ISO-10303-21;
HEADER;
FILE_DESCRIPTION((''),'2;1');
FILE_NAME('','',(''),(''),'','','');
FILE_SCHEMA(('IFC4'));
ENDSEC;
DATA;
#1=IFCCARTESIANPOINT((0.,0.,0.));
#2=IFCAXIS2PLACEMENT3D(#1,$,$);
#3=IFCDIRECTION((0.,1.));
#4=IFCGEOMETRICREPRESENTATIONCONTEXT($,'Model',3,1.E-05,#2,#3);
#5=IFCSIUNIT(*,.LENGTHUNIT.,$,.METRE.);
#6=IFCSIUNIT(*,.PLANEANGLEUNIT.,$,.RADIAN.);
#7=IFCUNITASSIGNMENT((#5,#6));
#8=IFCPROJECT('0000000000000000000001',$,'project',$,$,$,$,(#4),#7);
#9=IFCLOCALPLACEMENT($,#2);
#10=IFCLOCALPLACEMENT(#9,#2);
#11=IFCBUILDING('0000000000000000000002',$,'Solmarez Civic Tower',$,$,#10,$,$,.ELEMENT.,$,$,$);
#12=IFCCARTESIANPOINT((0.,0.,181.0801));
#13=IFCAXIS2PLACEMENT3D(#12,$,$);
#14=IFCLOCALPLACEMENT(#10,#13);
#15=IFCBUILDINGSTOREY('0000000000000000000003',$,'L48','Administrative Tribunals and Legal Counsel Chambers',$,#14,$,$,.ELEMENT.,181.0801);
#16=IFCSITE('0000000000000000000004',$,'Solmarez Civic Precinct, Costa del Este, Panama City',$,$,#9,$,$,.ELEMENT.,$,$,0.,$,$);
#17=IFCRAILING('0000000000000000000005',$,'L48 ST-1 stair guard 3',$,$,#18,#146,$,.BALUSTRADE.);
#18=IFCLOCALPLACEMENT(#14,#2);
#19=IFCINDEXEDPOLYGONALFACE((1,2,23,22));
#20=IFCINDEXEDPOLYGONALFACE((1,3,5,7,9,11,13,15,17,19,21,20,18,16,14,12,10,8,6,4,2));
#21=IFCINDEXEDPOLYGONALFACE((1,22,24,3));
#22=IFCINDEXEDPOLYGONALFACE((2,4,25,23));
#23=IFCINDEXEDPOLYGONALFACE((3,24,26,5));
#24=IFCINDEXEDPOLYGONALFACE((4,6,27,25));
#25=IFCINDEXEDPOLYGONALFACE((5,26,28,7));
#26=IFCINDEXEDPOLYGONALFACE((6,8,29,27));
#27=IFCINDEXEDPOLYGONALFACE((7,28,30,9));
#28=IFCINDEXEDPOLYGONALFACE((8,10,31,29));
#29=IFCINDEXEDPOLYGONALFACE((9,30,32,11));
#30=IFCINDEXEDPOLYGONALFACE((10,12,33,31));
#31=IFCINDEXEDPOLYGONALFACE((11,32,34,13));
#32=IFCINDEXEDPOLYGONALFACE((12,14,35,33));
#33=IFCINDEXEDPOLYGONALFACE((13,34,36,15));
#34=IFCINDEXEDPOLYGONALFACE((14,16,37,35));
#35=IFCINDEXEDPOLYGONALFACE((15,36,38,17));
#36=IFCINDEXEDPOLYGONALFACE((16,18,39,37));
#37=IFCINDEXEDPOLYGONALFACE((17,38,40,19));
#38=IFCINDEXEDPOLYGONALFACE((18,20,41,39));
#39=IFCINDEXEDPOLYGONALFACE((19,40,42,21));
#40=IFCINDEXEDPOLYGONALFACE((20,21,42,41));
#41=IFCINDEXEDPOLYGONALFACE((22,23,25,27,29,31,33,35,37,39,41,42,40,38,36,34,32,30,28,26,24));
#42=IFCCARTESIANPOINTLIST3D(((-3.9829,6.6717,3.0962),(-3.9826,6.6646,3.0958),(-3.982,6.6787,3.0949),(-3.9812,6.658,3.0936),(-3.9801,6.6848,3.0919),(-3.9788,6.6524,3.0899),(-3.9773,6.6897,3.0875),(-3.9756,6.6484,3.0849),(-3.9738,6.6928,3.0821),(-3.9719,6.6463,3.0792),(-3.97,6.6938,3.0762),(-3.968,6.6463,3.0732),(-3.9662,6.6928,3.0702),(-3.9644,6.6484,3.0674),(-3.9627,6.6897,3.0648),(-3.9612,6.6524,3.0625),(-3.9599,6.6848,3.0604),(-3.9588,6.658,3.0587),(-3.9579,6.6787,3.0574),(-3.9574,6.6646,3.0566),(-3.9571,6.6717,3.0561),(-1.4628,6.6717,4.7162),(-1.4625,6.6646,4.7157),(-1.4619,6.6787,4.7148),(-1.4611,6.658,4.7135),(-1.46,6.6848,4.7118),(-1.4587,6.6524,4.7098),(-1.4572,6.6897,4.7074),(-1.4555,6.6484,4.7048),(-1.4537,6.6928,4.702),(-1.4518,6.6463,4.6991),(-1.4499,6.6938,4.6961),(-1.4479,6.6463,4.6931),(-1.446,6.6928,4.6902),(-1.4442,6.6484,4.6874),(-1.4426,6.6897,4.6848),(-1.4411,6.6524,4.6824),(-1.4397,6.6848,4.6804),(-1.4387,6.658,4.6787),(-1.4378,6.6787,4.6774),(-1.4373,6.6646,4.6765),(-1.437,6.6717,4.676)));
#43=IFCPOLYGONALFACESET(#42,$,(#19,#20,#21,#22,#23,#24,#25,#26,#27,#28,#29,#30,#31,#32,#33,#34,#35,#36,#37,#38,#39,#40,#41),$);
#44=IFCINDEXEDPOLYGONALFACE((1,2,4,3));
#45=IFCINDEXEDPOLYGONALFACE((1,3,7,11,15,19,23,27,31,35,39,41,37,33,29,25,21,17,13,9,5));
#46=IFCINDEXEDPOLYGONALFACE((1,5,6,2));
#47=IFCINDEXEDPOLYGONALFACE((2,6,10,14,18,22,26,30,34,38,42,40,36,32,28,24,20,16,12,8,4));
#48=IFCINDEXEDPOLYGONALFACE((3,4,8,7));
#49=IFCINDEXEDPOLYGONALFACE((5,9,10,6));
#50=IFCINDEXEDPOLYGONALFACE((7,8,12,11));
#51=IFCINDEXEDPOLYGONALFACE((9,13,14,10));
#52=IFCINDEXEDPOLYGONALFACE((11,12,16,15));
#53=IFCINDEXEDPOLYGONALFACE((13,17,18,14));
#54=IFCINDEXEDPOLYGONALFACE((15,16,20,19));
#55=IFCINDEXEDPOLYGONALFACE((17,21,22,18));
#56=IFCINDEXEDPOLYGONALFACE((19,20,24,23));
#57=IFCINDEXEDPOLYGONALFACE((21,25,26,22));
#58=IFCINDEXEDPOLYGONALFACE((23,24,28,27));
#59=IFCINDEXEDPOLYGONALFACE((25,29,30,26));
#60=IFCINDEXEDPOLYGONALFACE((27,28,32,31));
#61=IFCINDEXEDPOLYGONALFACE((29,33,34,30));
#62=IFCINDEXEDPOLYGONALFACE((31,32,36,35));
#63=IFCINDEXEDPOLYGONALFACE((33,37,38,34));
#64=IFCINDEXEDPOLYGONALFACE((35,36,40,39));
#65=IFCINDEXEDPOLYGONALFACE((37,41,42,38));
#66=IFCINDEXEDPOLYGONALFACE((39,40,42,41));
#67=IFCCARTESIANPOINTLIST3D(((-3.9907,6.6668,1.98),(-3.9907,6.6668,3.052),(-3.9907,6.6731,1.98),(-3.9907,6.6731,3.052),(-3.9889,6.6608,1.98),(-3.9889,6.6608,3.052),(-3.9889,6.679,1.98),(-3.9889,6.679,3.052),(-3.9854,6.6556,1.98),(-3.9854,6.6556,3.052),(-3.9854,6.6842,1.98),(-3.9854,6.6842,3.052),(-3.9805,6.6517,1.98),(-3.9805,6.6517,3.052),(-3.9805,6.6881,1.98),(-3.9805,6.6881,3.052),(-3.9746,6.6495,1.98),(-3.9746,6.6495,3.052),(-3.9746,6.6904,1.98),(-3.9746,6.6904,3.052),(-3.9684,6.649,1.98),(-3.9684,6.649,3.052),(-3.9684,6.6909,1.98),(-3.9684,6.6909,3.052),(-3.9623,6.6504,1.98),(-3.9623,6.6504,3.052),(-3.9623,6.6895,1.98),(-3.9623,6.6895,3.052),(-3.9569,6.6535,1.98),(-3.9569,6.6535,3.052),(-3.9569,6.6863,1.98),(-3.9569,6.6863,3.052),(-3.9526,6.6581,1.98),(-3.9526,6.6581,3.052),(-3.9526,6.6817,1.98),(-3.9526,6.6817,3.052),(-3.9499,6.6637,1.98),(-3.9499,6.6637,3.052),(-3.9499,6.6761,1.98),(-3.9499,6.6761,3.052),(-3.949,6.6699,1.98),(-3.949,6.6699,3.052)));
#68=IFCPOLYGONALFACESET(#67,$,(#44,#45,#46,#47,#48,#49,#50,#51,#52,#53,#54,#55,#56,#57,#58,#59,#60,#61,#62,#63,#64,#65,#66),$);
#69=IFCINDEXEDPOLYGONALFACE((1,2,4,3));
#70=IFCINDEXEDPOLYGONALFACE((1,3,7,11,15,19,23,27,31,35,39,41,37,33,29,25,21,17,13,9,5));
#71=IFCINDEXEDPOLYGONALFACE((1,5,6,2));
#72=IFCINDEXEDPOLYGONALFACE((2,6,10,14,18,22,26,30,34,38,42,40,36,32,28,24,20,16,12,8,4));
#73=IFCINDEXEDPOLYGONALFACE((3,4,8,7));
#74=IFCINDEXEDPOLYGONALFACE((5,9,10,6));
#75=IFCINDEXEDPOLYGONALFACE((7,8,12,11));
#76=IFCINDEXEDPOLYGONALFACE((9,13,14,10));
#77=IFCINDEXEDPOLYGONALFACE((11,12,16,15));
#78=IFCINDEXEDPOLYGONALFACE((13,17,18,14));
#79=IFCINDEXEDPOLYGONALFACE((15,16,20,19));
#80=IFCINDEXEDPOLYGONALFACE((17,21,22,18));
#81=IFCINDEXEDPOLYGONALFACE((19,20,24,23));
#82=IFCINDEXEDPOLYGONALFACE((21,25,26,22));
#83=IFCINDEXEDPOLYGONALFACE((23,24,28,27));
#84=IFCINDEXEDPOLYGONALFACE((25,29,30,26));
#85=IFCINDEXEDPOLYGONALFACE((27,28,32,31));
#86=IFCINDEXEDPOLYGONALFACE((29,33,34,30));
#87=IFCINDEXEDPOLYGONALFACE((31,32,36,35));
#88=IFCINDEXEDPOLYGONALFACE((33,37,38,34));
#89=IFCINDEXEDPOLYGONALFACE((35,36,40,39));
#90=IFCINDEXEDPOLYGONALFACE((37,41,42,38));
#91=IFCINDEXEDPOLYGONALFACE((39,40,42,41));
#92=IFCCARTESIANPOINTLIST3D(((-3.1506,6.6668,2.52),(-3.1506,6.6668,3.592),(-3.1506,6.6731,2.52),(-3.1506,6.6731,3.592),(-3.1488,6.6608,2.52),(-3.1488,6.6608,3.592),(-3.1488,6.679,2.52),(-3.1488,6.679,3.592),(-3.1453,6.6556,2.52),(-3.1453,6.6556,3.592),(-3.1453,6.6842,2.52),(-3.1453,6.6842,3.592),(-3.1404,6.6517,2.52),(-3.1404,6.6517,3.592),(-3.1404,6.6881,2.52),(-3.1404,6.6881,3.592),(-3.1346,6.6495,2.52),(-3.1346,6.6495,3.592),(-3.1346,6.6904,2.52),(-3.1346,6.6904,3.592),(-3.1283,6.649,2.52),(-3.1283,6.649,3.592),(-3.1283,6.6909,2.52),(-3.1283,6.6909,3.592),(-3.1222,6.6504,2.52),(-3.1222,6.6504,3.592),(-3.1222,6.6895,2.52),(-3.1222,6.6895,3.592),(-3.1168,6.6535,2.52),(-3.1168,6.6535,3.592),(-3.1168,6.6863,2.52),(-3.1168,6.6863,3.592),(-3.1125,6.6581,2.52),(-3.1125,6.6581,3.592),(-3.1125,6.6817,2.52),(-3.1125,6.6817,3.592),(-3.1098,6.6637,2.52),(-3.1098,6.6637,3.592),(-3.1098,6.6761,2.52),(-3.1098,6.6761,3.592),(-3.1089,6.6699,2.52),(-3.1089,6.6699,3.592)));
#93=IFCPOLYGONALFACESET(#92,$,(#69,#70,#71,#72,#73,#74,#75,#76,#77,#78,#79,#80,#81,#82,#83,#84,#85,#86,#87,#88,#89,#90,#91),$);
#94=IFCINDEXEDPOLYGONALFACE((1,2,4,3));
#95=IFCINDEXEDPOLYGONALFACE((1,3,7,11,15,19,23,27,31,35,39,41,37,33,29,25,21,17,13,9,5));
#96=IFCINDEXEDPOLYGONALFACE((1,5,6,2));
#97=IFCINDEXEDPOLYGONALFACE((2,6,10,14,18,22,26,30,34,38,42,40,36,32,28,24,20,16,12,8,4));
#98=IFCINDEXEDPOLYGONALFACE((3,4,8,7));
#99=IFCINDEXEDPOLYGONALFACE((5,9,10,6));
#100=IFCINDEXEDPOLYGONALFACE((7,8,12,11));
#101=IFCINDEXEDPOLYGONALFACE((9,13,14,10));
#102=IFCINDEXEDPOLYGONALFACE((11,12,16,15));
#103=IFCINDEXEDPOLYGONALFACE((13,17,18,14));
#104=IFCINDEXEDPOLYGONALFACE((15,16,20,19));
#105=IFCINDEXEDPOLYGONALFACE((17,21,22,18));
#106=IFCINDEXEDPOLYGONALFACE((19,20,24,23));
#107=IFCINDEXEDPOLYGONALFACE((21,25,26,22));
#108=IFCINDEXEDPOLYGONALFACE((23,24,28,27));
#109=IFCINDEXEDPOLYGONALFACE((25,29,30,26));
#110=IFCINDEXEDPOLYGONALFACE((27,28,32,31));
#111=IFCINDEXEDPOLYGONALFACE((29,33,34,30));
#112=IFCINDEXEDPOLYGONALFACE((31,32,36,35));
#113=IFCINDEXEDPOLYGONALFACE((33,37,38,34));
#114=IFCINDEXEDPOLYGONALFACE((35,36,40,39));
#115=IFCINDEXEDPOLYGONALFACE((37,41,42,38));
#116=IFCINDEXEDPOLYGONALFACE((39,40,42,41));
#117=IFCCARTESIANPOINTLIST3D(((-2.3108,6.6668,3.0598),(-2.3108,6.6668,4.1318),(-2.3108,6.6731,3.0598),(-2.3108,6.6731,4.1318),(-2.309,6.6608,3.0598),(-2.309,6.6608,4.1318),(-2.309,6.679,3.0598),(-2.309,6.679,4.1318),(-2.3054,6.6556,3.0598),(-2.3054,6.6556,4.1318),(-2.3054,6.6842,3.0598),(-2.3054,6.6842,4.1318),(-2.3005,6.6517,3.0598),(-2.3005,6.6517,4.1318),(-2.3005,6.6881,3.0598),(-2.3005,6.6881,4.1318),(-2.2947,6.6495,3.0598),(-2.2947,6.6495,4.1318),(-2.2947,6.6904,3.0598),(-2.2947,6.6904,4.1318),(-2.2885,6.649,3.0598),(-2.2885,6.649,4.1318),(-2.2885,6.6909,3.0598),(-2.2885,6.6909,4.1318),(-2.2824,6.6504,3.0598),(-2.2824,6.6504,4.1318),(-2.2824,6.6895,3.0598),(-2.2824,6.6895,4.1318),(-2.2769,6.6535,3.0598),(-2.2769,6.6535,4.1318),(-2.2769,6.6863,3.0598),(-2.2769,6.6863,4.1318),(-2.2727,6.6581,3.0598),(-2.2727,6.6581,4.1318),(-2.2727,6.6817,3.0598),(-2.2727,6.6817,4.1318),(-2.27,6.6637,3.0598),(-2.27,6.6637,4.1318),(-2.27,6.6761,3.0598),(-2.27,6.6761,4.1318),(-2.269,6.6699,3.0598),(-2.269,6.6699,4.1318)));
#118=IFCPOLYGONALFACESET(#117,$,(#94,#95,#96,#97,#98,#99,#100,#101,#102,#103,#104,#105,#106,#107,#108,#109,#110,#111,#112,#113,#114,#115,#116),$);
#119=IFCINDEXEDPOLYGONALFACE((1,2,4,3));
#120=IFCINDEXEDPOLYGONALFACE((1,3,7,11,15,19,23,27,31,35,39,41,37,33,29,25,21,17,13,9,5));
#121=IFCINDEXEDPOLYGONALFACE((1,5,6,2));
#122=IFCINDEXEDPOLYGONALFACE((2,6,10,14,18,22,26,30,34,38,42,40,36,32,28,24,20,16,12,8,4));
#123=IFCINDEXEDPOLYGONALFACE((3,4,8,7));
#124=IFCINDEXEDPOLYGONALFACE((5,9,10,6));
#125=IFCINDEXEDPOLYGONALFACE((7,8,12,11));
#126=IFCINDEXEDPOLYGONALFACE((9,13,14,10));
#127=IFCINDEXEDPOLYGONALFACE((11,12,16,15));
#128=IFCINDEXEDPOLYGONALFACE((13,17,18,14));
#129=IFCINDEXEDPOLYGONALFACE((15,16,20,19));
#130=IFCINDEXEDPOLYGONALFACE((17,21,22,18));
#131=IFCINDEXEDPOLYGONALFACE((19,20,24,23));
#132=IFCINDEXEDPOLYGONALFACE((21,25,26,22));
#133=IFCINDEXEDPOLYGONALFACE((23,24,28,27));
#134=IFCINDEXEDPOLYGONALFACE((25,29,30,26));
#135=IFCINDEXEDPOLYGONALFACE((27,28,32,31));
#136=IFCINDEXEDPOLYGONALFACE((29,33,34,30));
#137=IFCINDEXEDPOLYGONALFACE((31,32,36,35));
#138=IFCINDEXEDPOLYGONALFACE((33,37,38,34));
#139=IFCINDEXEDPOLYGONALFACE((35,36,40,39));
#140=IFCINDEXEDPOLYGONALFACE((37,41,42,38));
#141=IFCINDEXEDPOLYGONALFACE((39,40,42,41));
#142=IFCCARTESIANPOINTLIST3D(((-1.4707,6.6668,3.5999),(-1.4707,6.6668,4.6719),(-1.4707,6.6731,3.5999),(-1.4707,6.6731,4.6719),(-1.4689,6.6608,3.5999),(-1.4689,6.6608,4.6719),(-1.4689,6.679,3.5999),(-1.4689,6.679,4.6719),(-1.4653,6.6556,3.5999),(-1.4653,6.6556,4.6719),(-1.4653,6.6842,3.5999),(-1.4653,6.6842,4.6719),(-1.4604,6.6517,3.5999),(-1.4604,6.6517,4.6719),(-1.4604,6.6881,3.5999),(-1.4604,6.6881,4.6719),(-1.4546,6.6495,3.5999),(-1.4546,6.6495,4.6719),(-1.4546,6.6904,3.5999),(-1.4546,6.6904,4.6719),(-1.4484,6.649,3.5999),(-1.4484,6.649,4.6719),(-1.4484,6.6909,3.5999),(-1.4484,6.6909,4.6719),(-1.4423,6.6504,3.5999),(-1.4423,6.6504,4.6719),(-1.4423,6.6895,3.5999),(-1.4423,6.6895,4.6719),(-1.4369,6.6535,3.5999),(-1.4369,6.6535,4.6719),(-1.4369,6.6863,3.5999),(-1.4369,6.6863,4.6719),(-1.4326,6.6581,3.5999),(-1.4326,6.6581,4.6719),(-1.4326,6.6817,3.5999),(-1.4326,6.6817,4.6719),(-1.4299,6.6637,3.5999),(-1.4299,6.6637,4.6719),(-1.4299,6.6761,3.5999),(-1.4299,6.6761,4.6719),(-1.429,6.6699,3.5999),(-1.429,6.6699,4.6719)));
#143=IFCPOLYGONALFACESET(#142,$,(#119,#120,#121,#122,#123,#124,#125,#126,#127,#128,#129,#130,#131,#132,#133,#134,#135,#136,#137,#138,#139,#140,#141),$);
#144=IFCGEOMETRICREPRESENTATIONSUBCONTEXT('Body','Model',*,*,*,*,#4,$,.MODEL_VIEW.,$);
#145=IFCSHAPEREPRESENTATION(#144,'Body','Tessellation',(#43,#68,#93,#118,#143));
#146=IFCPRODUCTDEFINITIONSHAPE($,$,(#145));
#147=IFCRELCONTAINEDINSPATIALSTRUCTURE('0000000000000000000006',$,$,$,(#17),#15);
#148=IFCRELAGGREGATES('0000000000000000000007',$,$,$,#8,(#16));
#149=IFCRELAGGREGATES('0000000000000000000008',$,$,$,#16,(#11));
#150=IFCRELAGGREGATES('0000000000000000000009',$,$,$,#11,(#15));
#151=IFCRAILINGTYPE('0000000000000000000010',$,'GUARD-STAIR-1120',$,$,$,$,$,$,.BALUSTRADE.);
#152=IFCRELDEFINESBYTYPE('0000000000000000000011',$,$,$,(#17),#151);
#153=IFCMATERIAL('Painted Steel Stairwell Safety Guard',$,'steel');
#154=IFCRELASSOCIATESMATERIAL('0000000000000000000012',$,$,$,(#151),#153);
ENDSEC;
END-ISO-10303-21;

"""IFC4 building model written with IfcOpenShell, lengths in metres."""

from ifc_helpers import new_model, si_unit, direction, frame, origin, origin_2d, place, context, subcontext, project, spatial, circle, extrude, material, type_object, element, save


model = new_model("IFC4")

# Units and contexts
model_context = context("Model", 3, precision=1e-05, world=origin(), true_north=direction((0.0, 1.0)))
body_context = subcontext(model_context, "Body", "Model", "MODEL_VIEW")
ifc_project = project(units=[si_unit("LENGTHUNIT", "METRE"), si_unit("PLANEANGLEUNIT", "RADIAN")], contexts=[model_context])

# Site, building, storey
site_placement = place(None, origin())
site = spatial("IfcSite", under=ifc_project, at=site_placement, Name="Solmarez Civic Precinct, Costa del Este, Panama City", CompositionType="ELEMENT", RefElevation=0.0)
building_placement = place(site_placement, origin())
building = spatial("IfcBuilding", under=site, at=building_placement, Name="Solmarez Civic Tower", CompositionType="ELEMENT")
storey_placement = place(building_placement, frame((0.0, 0.0, 181.0801)))
storey = spatial("IfcBuildingStorey", under=building, at=storey_placement, Name="L48", Description="Administrative Tribunals and Legal Counsel Chambers", CompositionType="ELEMENT", Elevation=181.0801)

# Railing
ifc_material_1 = material(Name="Painted Steel Stairwell Safety Guard", Category="steel")
railing_type_1 = type_object("IfcRailingType", Name="GUARD-STAIR-1120", PredefinedType="BALUSTRADE", material=ifc_material_1)
railing_1_placement = place(storey_placement, frame((-3.97, 6.6699, 1.98)))
element("IfcRailing", 1, at=railing_1_placement, inside=storey, type_object=railing_type_1, Name="L48 ST-1 stair guard 3", PredefinedType="BALUSTRADE", context=body_context, shape_type="SweptSolid", body=[
    extrude(circle(Radius=0.0239, at=origin_2d()), frame((0.0, 0.0, 1.0962), z_axis=(0.8412, 0.0, 0.540725), x_axis=(0.0, 1.0, 0.0)), (0.0, 0.0, 1.0), 2.9958),
    extrude(circle(Radius=0.021, at=origin_2d()), origin(), (0.0, 0.0, 1.0), 1.072),
    extrude(circle(Radius=0.021, at=origin_2d()), frame((0.8401, 0.0, 0.54)), (0.0, 0.0, 1.0), 1.072),
    extrude(circle(Radius=0.021, at=origin_2d()), frame((1.6799, 0.0, 1.0798)), (0.0, 0.0, 1.0), 1.072),
    extrude(circle(Radius=0.021, at=origin_2d()), frame((2.52, 0.0, 1.6199)), (0.0, 0.0, 1.0), 1.072),
])

save(model, "model.ifc")
